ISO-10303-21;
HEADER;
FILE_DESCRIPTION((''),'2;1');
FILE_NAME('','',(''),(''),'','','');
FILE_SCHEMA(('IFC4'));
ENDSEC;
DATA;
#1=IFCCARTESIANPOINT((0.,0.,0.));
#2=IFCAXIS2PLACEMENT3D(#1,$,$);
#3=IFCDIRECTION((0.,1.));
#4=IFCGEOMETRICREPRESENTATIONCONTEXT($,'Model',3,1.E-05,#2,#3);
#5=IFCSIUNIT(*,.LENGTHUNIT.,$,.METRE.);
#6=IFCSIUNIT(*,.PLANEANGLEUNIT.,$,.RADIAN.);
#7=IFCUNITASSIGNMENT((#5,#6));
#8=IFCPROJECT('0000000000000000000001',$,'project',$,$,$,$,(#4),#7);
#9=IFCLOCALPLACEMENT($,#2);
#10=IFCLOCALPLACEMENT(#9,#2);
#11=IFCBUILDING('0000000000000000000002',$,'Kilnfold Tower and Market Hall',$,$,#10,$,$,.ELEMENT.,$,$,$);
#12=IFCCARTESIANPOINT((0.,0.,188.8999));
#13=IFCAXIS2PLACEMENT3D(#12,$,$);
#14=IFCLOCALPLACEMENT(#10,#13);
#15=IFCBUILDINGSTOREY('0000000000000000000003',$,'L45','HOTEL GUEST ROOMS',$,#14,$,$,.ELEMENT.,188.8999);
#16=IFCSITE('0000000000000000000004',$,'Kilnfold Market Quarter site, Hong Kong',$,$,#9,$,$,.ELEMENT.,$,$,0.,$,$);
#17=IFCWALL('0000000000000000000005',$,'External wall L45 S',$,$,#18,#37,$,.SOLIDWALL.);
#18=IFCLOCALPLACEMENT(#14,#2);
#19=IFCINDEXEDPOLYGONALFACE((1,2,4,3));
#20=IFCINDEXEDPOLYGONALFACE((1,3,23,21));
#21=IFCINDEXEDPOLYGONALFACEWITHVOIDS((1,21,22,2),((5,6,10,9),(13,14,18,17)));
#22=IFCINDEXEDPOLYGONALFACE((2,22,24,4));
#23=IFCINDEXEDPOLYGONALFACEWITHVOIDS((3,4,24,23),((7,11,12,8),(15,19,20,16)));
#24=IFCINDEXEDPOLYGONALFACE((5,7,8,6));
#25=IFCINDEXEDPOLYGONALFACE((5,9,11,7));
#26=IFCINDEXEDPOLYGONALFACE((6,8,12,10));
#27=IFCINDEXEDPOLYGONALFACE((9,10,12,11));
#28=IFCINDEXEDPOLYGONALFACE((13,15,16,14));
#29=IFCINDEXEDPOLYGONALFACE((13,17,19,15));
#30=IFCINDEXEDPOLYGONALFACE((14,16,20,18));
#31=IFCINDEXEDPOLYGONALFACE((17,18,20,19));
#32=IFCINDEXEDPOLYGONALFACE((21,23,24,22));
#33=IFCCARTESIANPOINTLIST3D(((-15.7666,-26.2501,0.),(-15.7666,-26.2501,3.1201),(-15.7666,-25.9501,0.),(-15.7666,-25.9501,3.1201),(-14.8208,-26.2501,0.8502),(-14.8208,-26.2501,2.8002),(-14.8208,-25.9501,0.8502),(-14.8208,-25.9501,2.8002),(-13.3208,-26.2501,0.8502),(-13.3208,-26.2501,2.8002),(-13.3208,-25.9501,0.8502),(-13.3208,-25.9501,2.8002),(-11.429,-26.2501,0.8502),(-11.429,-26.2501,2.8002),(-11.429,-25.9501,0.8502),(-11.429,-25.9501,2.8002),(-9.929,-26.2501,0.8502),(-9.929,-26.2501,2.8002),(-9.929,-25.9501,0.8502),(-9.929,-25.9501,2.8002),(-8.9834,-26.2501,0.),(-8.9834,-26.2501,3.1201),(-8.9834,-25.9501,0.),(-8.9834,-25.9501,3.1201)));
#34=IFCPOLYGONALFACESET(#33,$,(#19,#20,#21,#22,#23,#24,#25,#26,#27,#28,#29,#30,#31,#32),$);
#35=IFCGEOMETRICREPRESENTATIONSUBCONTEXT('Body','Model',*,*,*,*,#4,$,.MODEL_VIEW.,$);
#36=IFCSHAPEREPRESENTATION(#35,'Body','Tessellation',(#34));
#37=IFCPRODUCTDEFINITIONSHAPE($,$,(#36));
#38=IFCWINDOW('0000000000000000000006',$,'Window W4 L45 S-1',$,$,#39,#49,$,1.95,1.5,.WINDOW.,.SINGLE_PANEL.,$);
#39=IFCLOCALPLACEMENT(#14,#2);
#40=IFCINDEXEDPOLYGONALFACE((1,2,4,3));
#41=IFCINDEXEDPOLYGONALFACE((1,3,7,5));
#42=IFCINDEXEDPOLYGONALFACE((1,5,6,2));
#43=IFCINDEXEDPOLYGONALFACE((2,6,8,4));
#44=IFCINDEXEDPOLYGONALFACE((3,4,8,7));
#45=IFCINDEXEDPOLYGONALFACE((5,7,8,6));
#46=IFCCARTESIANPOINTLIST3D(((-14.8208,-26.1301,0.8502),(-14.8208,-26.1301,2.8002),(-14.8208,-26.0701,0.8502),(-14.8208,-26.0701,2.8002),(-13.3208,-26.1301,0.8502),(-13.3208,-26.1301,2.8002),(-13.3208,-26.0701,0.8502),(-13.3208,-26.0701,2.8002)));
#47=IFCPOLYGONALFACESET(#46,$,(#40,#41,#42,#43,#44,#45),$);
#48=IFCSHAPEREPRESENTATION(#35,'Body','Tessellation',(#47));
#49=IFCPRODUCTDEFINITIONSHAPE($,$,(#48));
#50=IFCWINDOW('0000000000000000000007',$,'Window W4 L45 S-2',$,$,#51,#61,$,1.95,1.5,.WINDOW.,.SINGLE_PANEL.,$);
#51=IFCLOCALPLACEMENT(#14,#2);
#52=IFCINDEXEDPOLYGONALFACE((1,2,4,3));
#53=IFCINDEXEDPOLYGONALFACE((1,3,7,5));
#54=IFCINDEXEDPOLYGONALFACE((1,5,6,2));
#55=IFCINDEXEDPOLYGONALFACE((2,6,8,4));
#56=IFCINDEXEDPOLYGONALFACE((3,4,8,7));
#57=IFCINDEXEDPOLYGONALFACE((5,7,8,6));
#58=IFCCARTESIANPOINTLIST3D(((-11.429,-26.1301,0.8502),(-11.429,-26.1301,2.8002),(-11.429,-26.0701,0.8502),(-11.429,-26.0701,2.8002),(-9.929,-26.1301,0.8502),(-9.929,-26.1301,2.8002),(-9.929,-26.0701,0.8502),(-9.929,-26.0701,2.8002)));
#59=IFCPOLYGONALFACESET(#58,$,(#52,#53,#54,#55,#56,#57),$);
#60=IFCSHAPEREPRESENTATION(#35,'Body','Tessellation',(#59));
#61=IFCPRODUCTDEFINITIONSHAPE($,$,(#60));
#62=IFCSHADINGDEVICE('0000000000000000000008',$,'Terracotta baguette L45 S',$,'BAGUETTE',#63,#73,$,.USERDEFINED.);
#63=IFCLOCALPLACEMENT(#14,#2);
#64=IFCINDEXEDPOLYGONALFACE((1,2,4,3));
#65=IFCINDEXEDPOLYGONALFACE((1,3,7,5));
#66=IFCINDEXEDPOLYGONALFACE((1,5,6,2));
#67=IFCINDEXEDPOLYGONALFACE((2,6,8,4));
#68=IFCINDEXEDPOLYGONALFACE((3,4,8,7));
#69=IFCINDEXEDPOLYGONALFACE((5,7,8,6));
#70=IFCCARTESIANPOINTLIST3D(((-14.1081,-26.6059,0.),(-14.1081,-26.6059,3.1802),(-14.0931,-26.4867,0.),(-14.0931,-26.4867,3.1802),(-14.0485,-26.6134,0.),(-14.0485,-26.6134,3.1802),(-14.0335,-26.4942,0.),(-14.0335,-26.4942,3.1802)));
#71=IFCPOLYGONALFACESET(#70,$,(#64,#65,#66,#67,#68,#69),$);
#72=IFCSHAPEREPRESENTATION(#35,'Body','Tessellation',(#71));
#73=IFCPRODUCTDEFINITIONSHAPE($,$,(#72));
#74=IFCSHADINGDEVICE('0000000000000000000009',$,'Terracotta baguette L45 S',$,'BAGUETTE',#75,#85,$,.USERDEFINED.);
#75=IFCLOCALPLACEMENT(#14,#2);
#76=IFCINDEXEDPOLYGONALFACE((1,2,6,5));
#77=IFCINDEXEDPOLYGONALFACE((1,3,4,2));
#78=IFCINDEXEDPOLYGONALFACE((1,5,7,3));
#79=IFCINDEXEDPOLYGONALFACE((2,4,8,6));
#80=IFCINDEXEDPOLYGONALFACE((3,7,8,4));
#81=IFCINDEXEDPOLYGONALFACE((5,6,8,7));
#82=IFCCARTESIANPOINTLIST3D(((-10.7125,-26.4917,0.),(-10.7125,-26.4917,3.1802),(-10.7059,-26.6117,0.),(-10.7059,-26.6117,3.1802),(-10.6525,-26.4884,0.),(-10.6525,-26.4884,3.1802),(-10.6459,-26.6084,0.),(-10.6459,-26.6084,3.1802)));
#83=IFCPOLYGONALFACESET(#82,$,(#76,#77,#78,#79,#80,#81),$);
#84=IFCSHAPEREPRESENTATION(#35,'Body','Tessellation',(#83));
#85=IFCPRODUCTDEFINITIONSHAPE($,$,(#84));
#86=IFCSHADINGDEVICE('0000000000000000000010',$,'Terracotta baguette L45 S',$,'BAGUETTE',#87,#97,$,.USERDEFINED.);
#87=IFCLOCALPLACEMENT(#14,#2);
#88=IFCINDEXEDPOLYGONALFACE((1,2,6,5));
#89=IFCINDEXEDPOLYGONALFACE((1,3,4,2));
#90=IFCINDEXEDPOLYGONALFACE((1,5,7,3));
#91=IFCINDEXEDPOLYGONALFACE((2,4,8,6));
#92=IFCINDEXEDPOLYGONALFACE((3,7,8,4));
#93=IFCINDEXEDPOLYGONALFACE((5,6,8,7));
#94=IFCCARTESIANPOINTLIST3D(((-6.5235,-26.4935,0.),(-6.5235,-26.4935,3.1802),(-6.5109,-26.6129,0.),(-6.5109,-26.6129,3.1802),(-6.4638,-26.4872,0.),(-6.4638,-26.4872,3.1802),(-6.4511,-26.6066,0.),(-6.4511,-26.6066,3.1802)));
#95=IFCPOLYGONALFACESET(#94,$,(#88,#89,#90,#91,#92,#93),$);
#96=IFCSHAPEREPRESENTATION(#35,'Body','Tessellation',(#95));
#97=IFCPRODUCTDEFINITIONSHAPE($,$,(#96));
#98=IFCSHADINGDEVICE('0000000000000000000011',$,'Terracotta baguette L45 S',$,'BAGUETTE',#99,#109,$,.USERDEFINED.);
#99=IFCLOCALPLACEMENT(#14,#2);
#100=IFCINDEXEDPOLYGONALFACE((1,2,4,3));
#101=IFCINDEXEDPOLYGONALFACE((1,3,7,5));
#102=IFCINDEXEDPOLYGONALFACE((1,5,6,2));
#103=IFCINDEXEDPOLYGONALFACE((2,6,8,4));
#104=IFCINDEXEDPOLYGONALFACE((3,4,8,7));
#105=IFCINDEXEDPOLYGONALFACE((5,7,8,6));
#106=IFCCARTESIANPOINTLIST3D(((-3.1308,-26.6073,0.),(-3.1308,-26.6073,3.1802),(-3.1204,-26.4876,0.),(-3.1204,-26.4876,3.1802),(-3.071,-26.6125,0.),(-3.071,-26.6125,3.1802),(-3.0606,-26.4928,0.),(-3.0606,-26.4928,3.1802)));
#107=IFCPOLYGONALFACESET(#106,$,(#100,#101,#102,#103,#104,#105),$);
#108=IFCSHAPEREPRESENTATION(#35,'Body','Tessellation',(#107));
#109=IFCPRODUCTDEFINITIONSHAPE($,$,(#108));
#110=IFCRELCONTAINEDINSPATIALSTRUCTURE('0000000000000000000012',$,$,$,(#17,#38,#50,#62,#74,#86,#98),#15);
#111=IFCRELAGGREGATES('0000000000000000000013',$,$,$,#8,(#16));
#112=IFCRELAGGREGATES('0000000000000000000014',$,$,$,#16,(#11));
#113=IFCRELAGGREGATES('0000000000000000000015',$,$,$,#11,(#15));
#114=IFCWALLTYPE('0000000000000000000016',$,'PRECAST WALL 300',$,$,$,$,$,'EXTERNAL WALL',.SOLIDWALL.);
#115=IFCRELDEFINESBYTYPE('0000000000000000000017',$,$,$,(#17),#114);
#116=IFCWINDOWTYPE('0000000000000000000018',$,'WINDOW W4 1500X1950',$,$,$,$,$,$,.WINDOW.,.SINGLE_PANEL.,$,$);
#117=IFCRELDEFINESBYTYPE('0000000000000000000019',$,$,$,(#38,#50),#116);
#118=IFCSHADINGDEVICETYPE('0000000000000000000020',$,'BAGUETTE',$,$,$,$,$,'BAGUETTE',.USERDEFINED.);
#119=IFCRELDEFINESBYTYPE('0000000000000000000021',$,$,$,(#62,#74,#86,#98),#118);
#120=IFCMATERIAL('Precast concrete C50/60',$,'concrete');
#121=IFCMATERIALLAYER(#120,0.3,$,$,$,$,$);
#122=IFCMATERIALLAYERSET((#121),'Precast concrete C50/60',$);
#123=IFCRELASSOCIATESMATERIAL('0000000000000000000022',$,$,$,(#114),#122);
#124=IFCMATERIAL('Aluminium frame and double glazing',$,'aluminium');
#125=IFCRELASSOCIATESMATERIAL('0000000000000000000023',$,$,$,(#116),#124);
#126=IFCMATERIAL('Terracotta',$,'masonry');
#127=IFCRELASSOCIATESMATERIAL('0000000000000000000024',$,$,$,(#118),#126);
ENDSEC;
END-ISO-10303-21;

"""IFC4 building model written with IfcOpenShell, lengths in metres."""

from ifc_helpers import new_model, si_unit, direction, frame, frame_2d, origin, origin_2d, place, context, subcontext, project, spatial, rectangle, extrude, source, transform, mapped, material, layer, layer_set, material_profile, profile_set, type_object, element, fill, save


model = new_model("IFC4")

# Units and contexts
model_context = context("Model", 3, precision=1e-05, world=origin(), true_north=direction((0.0, 1.0)))
body_context = subcontext(model_context, "Body", "Model", "MODEL_VIEW")
ifc_project = project(units=[si_unit("LENGTHUNIT", "METRE"), si_unit("PLANEANGLEUNIT", "RADIAN")], contexts=[model_context])

# Site, building, storey
site_placement = place(None, origin())
site = spatial("IfcSite", under=ifc_project, at=site_placement, Name="Kilnfold Market Quarter site, Hong Kong", CompositionType="ELEMENT", RefElevation=0.0)
building_placement = place(site_placement, origin())
building = spatial("IfcBuilding", under=site, at=building_placement, Name="Kilnfold Tower and Market Hall", CompositionType="ELEMENT")
storey_placement = place(building_placement, frame((0.0, 0.0, 188.8999)))
storey = spatial("IfcBuildingStorey", under=building, at=storey_placement, Name="L45", Description="HOTEL GUEST ROOMS", CompositionType="ELEMENT", Elevation=188.8999)

# Wall, openings, windows
ifc_material_1 = material(Name="Precast concrete C50/60", Category="concrete")
ifc_layer_1 = layer(ifc_material_1, 0.3)
ifc_layer_set_1 = layer_set([ifc_layer_1], Name="Precast concrete C50/60")
wall_type_1 = type_object("IfcWallType", Name="PRECAST WALL 300", ElementType="EXTERNAL WALL", PredefinedType="SOLIDWALL", material=ifc_layer_set_1)
ifc_material_2 = material(Name="Aluminium frame and double glazing", Category="aluminium")
window_type = type_object("IfcWindowType", Name="WINDOW W4 1500X1950", PartitioningType="SINGLE_PANEL", PredefinedType="WINDOW", material=ifc_material_2)
shared_shape_1 = source(origin(), body_context, "Body", "SweptSolid", [
    extrude(rectangle(XDim=6.7832, YDim=0.3, at=frame_2d((3.3916, 0.0))), origin(), (0.0, 0.0, 1.0), 3.1201),
])
wall_1_placement = place(storey_placement, frame((-15.7666, -26.1001, 0.0), z_axis=(0.0, 0.0, 1.0), x_axis=(1.0, 0.0, 0.0)))
wall_1 = element("IfcWall", 1, at=wall_1_placement, inside=storey, type_object=wall_type_1, Name="External wall L45 S", PredefinedType="SOLIDWALL", context=body_context, shape_type="MappedRepresentation", body=[
    mapped(shared_shape_1, transform((0.0, 0.0, 0.0))),
])
opening_1_placement = place(wall_1_placement, frame((0.9458, 0.0, 0.8501)))
opening_1 = element("IfcOpeningElement", 2, at=opening_1_placement, cuts=wall_1, PredefinedType="OPENING", context=body_context, shape_type="SweptSolid", body=[
    extrude(rectangle(XDim=1.5, YDim=1.95, at=frame_2d((0.75, 0.9751))), frame((0.0, 0.1602, 0.0), z_axis=(0.0, -1.0, 0.0), x_axis=(1.0, 0.0, 0.0)), (0.0, 0.0, 1.0), 0.3201),
])
opening_2_placement = place(wall_1_placement, frame((4.3376, 0.0, 0.8501)))
opening_2 = element("IfcOpeningElement", 3, at=opening_2_placement, cuts=wall_1, PredefinedType="OPENING", context=body_context, shape_type="SweptSolid", body=[
    extrude(rectangle(XDim=1.5, YDim=1.95, at=frame_2d((0.75, 0.9751))), frame((0.0, 0.1602, 0.0), z_axis=(0.0, -1.0, 0.0), x_axis=(1.0, 0.0, 0.0)), (0.0, 0.0, 1.0), 0.3201),
])
window_1_placement = place(opening_1_placement, origin())
window_1 = element("IfcWindow", 4, at=window_1_placement, inside=storey, type_object=window_type, Name="Window W4 L45 S-1", OverallHeight=1.95, OverallWidth=1.5, PartitioningType="SINGLE_PANEL", PredefinedType="WINDOW", context=body_context, shape_type="SweptSolid", body=[
    extrude(rectangle(XDim=1.5, YDim=1.95, at=frame_2d((0.75, 0.9751))), frame((0.0, 0.03, 0.0), z_axis=(0.0, -1.0, 0.0), x_axis=(1.0, 0.0, 0.0)), (0.0, 0.0, 1.0), 0.0601),
])
fill(opening_1, window_1)
window_2_placement = place(opening_2_placement, origin())
window_2 = element("IfcWindow", 5, at=window_2_placement, inside=storey, type_object=window_type, Name="Window W4 L45 S-2", OverallHeight=1.95, OverallWidth=1.5, PartitioningType="SINGLE_PANEL", PredefinedType="WINDOW", context=body_context, shape_type="SweptSolid", body=[
    extrude(rectangle(XDim=1.5, YDim=1.95, at=frame_2d((0.75, 0.9751))), frame((0.0, 0.03, 0.0), z_axis=(0.0, -1.0, 0.0), x_axis=(1.0, 0.0, 0.0)), (0.0, 0.0, 1.0), 0.0601),
])
fill(opening_2, window_2)

# Shading devices
ifc_material_3 = material(Name="Terracotta", Category="masonry")
ifc_material_profile_1 = material_profile(ifc_material_3, rectangle(XDim=0.0601, YDim=0.1201, at=origin_2d()), Name="BAG 60x120")
ifc_profile_set_1 = profile_set([ifc_material_profile_1], Name="Terracotta")
shading_device_type = type_object("IfcShadingDeviceType", Name="BAGUETTE", ElementType="BAGUETTE", PredefinedType="USERDEFINED", material=ifc_profile_set_1)
shared_shape_2 = source(origin(), body_context, "Body", "SweptSolid", [
    extrude(rectangle(XDim=0.0601, YDim=0.1201, at=origin_2d()), origin(), (0.0, 0.0, 1.0), 3.1802),
])
for number, where, z_axis, x_axis, name in (
    (6, (-14.0708, -26.55, 0.0), (0.0, 0.0, 1.0), (0.992143, -0.12511, 0.0), "Terracotta baguette L45 S"),
    (7, (-10.6792, -26.55, 0.0), (0.0, 0.0, 1.0), (0.998479, 0.055128, 0.0), "Terracotta baguette L45 S"),
    (8, (-6.4873, -26.55, 0.0), (0.0, 0.0, 1.0), (0.994462, 0.105096, 0.0), "Terracotta baguette L45 S"),
    (9, (-3.0957, -26.55, 0.0), (0.0, 0.0, 1.0), (0.996263, -0.086368, 0.0), "Terracotta baguette L45 S"),
):
    element("IfcShadingDevice", number, at=place(storey_placement, frame(where, z_axis=z_axis, x_axis=x_axis)), inside=storey, type_object=shading_device_type, Name=name, ObjectType="BAGUETTE", PredefinedType="USERDEFINED", context=body_context, shape_type="MappedRepresentation", body=[
        mapped(shared_shape_2, transform((0.0, 0.0, 0.0))),
    ])

save(model, "model.ifc")
